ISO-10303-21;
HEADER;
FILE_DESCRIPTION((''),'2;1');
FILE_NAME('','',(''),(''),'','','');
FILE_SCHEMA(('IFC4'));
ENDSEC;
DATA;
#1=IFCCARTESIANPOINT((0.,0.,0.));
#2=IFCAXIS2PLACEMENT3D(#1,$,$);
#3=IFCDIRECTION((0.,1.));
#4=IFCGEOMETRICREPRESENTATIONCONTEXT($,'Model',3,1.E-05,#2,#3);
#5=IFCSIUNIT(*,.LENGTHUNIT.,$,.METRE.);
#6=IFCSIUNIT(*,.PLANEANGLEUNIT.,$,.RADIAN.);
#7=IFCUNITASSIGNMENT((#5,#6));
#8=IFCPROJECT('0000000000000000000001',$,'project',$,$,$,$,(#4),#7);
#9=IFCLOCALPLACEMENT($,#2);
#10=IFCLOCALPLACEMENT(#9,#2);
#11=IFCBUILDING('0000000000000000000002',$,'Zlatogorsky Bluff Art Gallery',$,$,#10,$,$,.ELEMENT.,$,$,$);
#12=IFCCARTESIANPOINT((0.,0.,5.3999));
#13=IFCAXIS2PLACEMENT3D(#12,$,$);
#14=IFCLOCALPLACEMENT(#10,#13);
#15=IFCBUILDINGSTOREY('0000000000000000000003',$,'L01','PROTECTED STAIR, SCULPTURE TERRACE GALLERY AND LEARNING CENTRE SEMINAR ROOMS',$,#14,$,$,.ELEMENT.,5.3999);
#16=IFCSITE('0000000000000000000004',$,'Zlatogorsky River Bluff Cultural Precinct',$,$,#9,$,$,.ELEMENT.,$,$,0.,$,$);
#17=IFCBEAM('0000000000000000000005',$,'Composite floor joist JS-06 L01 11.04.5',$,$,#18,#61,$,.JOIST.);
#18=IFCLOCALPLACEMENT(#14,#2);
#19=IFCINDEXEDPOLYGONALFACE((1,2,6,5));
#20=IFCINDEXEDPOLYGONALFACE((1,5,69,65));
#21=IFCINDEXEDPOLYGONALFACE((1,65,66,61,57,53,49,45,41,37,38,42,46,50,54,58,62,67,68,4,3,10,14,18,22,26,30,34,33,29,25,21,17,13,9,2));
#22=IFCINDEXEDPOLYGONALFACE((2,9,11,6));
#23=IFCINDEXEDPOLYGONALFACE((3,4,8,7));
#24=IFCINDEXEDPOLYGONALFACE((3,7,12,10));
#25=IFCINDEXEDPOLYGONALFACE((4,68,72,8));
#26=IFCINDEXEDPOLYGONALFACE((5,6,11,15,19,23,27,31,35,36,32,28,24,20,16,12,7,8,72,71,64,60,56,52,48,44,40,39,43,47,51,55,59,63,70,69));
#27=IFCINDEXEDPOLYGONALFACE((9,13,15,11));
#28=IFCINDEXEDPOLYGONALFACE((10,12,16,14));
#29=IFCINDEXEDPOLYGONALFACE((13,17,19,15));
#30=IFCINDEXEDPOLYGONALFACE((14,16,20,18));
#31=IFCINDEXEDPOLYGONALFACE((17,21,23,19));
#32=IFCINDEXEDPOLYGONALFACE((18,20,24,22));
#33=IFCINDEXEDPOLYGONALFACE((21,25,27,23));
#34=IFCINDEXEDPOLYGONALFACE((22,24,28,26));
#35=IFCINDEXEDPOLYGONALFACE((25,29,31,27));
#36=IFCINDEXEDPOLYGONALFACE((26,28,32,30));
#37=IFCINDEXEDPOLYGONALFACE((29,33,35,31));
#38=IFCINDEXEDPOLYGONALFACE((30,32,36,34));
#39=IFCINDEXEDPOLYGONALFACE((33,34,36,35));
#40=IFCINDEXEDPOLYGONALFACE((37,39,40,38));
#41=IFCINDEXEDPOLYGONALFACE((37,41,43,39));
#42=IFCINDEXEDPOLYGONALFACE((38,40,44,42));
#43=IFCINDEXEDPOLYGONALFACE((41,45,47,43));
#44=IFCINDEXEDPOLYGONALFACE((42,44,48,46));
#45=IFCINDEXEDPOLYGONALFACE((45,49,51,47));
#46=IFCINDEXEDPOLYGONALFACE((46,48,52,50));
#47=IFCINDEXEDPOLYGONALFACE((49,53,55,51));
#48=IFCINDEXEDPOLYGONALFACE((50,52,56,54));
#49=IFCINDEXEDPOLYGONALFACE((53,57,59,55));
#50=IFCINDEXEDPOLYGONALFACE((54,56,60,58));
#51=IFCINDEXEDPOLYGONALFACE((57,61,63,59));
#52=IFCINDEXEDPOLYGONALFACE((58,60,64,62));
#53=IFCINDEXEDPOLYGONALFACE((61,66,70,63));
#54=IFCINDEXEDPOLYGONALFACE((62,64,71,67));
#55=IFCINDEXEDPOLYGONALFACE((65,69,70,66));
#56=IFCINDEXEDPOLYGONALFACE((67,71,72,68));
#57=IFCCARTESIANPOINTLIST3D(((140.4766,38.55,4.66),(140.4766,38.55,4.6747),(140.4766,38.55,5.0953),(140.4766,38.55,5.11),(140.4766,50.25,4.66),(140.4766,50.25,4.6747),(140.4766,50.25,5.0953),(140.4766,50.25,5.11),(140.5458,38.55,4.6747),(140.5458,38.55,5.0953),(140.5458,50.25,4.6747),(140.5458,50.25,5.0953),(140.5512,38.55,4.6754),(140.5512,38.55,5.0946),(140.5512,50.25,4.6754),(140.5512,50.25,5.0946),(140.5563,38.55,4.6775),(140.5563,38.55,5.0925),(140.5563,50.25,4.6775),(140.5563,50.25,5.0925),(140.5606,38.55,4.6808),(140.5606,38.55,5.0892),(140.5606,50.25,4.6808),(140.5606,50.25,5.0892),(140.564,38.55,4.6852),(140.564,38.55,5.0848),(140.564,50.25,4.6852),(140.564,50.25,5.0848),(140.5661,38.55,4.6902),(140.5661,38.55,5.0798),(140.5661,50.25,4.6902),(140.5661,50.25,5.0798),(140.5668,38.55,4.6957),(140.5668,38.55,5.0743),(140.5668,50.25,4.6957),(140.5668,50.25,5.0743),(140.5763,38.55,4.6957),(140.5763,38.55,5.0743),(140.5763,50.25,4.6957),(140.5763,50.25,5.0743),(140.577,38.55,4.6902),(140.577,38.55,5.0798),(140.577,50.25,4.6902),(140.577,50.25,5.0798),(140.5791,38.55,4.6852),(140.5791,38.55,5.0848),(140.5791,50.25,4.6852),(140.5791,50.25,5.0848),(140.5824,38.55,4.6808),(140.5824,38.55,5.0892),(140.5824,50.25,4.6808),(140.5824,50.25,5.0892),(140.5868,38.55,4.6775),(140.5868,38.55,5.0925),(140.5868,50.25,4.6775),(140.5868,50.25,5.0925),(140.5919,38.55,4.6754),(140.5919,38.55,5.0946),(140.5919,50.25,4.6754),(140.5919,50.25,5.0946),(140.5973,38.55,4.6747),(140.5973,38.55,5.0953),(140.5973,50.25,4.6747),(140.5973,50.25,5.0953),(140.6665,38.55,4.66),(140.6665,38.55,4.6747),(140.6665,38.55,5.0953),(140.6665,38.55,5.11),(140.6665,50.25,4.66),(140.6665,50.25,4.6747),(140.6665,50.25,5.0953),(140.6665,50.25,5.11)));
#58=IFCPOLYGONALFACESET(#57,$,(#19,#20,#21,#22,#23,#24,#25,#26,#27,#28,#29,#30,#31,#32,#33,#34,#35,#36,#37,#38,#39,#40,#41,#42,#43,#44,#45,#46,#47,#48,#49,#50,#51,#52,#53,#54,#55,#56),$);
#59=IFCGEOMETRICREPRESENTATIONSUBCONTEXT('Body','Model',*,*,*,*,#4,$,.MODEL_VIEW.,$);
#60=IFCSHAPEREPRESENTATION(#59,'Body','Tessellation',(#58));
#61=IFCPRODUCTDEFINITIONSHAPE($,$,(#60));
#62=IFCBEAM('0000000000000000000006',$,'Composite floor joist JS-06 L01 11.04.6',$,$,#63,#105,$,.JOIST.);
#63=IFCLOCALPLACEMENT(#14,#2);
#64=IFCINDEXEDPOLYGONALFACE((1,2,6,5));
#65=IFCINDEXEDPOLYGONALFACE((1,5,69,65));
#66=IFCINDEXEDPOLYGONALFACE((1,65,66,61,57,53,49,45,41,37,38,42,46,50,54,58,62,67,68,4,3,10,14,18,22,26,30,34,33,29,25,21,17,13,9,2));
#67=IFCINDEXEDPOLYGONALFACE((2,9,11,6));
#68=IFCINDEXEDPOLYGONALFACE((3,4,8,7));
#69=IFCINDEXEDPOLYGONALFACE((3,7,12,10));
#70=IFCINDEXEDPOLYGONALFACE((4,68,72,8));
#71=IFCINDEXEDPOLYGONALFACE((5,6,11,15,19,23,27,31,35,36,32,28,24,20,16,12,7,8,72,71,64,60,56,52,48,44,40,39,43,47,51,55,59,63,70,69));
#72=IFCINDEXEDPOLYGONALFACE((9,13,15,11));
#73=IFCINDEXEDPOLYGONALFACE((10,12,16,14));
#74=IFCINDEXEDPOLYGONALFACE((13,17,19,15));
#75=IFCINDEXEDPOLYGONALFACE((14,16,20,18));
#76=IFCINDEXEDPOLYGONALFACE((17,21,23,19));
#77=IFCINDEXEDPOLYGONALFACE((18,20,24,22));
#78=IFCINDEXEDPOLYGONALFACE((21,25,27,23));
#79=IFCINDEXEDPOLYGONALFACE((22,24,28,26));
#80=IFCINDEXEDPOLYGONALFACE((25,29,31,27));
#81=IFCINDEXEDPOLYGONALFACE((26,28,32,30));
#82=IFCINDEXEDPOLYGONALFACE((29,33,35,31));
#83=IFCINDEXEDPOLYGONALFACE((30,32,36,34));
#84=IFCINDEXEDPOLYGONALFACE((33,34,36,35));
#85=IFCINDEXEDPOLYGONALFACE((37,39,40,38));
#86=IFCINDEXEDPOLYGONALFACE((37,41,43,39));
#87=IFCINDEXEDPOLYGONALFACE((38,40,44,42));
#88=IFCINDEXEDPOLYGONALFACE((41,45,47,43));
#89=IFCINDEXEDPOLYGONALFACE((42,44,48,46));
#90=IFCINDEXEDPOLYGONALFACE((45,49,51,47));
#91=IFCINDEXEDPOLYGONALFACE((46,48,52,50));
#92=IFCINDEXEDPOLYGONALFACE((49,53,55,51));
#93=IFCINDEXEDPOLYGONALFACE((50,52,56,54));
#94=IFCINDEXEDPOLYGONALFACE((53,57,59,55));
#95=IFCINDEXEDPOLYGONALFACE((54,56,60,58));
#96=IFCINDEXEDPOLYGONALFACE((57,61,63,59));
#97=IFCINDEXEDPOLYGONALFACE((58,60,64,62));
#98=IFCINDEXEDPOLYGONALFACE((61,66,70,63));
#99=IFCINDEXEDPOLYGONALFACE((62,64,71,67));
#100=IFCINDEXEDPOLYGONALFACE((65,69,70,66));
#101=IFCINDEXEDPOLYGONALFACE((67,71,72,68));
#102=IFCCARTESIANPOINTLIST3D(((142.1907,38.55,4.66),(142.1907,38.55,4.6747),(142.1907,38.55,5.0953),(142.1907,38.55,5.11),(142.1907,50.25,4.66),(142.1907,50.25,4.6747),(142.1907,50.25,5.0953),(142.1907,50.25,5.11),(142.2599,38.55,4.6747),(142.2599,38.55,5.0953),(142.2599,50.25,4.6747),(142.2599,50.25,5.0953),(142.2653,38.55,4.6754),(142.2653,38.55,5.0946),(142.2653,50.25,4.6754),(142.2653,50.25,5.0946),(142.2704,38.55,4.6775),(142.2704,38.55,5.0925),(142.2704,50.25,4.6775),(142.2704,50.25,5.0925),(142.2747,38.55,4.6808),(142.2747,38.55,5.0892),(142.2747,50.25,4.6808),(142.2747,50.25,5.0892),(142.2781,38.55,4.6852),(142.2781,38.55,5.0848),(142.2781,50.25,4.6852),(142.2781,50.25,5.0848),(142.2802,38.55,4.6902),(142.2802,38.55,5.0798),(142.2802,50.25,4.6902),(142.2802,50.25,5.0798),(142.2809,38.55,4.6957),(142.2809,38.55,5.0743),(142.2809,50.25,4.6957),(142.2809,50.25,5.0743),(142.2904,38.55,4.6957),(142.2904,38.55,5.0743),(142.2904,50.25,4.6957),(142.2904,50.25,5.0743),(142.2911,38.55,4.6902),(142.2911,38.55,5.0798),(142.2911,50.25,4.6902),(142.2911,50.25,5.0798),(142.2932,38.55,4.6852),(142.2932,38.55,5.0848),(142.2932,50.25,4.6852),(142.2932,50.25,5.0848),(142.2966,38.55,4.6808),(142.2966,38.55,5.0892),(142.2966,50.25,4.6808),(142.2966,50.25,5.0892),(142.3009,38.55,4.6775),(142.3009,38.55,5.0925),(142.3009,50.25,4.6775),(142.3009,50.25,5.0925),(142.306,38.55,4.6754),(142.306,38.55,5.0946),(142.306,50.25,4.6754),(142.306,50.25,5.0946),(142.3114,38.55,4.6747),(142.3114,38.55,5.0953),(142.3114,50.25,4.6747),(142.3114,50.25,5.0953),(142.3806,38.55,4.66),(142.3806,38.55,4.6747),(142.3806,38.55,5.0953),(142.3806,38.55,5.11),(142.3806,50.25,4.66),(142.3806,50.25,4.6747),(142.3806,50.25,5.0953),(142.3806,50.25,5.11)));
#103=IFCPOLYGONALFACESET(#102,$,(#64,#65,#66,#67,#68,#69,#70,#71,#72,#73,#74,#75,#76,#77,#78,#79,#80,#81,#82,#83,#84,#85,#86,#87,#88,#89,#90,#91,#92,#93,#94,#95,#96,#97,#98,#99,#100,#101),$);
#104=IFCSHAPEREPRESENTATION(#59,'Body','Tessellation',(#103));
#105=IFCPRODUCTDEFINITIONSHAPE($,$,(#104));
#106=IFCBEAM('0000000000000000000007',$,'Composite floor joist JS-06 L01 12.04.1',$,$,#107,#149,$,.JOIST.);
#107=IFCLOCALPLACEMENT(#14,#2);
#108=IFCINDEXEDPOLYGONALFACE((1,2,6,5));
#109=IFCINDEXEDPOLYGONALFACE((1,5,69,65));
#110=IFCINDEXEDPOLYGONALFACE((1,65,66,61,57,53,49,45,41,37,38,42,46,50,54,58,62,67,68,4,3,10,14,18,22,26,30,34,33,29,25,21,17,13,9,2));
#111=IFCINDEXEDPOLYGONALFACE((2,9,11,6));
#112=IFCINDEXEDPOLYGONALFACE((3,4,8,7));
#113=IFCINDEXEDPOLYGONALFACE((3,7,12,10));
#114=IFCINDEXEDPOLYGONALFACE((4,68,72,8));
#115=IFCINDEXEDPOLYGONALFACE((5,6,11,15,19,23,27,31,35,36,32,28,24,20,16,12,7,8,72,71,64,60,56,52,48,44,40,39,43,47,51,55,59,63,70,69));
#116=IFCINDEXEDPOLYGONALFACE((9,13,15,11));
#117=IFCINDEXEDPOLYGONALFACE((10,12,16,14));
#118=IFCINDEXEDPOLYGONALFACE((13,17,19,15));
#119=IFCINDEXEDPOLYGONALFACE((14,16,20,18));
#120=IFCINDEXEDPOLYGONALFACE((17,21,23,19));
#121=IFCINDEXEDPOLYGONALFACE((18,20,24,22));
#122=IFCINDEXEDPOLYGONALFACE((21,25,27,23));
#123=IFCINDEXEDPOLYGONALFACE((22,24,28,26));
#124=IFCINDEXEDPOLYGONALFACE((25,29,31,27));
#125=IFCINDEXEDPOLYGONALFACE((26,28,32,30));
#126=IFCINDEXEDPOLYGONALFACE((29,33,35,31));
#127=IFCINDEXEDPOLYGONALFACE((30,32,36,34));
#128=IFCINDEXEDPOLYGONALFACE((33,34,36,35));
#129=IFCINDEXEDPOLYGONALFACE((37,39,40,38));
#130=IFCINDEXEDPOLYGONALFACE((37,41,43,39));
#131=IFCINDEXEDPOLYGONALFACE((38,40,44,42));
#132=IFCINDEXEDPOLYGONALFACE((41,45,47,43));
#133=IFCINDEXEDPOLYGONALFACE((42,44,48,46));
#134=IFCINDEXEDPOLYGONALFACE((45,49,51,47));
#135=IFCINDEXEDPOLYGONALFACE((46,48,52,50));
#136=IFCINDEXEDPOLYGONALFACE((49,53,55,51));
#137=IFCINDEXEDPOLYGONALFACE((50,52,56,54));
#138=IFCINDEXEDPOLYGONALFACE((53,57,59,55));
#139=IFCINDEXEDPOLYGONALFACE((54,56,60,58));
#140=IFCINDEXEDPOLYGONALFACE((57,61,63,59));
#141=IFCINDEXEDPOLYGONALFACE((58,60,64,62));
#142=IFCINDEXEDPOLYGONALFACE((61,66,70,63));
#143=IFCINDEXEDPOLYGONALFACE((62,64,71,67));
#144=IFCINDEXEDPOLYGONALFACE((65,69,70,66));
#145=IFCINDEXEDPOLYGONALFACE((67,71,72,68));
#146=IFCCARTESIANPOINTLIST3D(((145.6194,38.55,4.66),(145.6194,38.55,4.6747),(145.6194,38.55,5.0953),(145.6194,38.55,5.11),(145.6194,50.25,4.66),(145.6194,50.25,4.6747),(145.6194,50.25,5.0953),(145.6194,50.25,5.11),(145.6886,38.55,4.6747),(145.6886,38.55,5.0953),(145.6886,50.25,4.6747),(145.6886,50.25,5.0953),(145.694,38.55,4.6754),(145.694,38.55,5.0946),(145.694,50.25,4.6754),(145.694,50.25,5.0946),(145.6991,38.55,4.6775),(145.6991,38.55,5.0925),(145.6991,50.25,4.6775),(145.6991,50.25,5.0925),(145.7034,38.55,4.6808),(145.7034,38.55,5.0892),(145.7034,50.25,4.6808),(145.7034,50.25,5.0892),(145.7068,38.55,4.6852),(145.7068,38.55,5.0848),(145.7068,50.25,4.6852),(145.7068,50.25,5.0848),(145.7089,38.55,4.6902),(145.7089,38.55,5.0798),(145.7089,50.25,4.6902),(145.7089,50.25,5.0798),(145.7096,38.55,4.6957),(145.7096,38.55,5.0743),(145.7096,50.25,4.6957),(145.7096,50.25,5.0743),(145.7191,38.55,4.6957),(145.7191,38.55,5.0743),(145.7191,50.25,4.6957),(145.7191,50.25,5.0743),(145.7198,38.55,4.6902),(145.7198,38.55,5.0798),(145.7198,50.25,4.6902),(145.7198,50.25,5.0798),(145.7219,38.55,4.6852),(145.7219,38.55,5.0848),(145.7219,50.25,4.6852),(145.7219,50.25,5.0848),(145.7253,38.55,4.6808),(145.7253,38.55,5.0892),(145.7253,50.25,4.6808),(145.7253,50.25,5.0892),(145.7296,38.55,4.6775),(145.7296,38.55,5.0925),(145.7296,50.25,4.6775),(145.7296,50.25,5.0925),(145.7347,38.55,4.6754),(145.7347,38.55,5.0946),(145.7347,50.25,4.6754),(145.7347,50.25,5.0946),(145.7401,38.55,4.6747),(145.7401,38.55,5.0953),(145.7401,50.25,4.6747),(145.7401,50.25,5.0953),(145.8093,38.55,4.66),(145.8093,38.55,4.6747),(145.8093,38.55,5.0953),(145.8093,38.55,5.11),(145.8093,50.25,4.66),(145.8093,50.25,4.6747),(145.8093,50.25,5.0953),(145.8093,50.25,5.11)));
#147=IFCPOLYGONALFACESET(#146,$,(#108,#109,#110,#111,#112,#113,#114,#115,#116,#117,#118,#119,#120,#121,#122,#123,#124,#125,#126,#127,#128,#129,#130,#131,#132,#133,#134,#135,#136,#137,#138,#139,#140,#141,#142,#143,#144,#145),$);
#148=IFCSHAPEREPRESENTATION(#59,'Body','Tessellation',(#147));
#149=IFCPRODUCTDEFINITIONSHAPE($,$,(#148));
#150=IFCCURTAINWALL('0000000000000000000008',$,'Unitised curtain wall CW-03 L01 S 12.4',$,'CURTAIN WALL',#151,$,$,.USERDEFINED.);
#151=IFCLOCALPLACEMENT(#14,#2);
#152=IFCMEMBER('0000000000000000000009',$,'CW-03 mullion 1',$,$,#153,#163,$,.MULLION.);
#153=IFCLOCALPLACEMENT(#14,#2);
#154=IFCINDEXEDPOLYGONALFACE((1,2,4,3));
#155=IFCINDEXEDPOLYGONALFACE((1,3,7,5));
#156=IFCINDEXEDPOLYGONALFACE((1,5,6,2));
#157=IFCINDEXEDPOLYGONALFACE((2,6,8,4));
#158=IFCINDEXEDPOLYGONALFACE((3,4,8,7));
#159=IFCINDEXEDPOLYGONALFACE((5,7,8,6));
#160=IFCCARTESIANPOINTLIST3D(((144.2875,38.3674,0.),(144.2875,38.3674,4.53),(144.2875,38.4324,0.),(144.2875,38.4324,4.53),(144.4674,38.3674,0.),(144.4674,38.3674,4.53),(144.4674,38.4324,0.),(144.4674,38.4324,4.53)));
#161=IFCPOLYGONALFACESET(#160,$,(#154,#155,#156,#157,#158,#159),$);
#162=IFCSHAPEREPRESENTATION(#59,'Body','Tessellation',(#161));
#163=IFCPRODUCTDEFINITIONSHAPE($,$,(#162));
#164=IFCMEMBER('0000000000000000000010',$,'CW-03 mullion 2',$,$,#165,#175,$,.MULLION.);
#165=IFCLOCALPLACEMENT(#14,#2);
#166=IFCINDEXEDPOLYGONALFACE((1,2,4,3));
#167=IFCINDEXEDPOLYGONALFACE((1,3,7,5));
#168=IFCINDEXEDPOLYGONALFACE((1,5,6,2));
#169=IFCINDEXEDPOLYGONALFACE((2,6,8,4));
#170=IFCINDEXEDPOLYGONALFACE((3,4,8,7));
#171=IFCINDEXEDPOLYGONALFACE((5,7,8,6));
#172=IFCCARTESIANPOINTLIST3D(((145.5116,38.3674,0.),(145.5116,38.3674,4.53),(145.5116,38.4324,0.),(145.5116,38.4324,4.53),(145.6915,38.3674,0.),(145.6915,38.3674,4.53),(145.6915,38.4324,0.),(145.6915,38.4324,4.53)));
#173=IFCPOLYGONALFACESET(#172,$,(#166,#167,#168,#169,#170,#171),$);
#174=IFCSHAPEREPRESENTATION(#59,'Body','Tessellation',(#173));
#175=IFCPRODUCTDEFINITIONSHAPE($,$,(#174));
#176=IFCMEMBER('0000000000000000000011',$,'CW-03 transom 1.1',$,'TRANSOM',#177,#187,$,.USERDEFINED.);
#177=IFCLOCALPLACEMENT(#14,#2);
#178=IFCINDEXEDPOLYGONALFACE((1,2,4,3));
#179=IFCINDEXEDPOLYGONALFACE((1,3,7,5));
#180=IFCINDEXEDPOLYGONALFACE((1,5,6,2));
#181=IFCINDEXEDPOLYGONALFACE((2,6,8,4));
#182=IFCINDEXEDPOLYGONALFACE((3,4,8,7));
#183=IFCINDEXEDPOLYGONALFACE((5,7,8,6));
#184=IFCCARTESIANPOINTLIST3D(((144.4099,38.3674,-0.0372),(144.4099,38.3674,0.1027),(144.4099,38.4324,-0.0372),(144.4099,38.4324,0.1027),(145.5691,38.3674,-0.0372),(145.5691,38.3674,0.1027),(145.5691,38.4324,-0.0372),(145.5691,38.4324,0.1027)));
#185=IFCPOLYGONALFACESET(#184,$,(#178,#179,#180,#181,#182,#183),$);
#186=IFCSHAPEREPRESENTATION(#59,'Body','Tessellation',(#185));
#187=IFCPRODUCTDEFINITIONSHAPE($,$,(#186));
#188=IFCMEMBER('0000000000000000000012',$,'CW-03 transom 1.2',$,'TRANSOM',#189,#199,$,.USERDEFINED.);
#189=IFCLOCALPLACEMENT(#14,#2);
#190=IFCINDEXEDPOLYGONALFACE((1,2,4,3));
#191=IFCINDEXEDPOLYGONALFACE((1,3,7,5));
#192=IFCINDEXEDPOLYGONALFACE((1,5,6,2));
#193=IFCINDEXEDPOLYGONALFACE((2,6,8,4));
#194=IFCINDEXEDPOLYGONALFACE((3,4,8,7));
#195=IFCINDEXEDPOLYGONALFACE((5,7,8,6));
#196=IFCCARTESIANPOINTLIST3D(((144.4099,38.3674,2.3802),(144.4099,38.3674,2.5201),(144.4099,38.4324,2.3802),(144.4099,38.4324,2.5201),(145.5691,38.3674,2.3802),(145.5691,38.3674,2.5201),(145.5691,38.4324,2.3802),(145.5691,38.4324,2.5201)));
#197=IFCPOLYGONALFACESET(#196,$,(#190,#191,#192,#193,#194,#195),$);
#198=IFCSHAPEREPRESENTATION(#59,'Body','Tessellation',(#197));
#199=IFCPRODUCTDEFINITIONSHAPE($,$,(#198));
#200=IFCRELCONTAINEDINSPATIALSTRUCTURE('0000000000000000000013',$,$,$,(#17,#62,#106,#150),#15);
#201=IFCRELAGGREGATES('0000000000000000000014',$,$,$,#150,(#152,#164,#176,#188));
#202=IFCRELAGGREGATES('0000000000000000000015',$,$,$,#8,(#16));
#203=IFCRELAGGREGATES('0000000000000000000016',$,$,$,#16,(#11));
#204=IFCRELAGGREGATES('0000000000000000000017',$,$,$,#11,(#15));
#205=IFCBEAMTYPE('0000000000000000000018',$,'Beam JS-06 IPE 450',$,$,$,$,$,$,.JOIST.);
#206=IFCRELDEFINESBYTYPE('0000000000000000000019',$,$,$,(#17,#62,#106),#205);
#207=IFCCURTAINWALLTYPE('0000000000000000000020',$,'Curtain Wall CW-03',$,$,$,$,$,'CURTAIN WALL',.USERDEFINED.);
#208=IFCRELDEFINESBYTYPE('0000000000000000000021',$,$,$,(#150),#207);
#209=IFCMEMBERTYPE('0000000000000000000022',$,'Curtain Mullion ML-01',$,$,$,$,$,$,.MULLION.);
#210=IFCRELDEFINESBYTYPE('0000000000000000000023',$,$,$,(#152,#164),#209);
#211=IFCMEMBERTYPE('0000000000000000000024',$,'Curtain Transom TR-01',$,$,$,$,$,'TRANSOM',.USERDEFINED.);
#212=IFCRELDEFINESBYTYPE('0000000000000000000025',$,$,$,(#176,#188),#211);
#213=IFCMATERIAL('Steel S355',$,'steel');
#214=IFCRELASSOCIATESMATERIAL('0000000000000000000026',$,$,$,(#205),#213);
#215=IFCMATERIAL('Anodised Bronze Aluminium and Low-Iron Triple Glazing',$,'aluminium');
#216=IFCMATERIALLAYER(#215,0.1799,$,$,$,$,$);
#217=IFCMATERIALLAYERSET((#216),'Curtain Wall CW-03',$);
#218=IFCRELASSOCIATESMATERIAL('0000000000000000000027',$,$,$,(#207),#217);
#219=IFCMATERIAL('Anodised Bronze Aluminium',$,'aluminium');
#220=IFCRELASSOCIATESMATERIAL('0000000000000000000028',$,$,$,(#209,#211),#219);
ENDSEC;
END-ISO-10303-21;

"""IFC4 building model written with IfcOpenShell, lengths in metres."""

from ifc_helpers import new_model, si_unit, direction, frame, origin, origin_2d, place, context, subcontext, project, spatial, rectangle, i_section, extrude, material, layer, layer_set, material_profile, profile_set, type_object, element, aggregate, save


model = new_model("IFC4")

# Units and contexts
model_context = context("Model", 3, precision=1e-05, world=origin(), true_north=direction((0.0, 1.0)))
body_context = subcontext(model_context, "Body", "Model", "MODEL_VIEW")
ifc_project = project(units=[si_unit("LENGTHUNIT", "METRE"), si_unit("PLANEANGLEUNIT", "RADIAN")], contexts=[model_context])

# Site, building, storey
site_placement = place(None, origin())
site = spatial("IfcSite", under=ifc_project, at=site_placement, Name="Zlatogorsky River Bluff Cultural Precinct", CompositionType="ELEMENT", RefElevation=0.0)
building_placement = place(site_placement, origin())
building = spatial("IfcBuilding", under=site, at=building_placement, Name="Zlatogorsky Bluff Art Gallery", CompositionType="ELEMENT")
storey_placement = place(building_placement, frame((0.0, 0.0, 5.3999)))
storey = spatial("IfcBuildingStorey", under=building, at=storey_placement, Name="L01", Description="PROTECTED STAIR, SCULPTURE TERRACE GALLERY AND LEARNING CENTRE SEMINAR ROOMS", CompositionType="ELEMENT", Elevation=5.3999)

# Beams
ifc_material_1 = material(Name="Steel S355", Category="steel")
ifc_material_profile_1 = material_profile(ifc_material_1, i_section(OverallWidth=0.1899, OverallDepth=0.45, WebThickness=0.0095, FlangeThickness=0.0146, FilletRadius=0.021, at=origin_2d()), Name="IPE 450")
ifc_profile_set_1 = profile_set([ifc_material_profile_1], Name="Steel S355")
beam_type_1 = type_object("IfcBeamType", Name="Beam JS-06 IPE 450", PredefinedType="JOIST", material=ifc_profile_set_1)
for number, where, z_axis, x_axis, name in (
    (1, (140.5715, 38.55, 4.885), (0.0, 1.0, 0.0), (-1.0, 0.0, 0.0), "Composite floor joist JS-06 L01 11.04.5"),
    (2, (142.2856, 38.55, 4.885), (0.0, 1.0, 0.0), (-1.0, 0.0, 0.0), "Composite floor joist JS-06 L01 11.04.6"),
    (3, (145.7144, 38.55, 4.885), (0.0, 1.0, 0.0), (-1.0, 0.0, 0.0), "Composite floor joist JS-06 L01 12.04.1"),
):
    element("IfcBeam", number, at=place(storey_placement, frame(where, z_axis=z_axis, x_axis=x_axis)), inside=storey, type_object=beam_type_1, Name=name, PredefinedType="JOIST", context=body_context, shape_type="SweptSolid", body=[
        extrude(i_section(OverallWidth=0.1899, OverallDepth=0.45, WebThickness=0.0095, FlangeThickness=0.0146, FilletRadius=0.021, at=origin_2d()), origin(), (0.0, 0.0, 1.0), 11.7),
    ])

# Curtain wall, members
ifc_material_2 = material(Name="Anodised Bronze Aluminium and Low-Iron Triple Glazing", Category="aluminium")
ifc_layer_1 = layer(ifc_material_2, 0.1799)
ifc_layer_set_1 = layer_set([ifc_layer_1], Name="Curtain Wall CW-03")
curtain_wall_type = type_object("IfcCurtainWallType", Name="Curtain Wall CW-03", ElementType="CURTAIN WALL", PredefinedType="USERDEFINED", material=ifc_layer_set_1)
curtain_wall_placement = place(storey_placement, origin())
curtain_wall = element("IfcCurtainWall", 4, at=curtain_wall_placement, inside=storey, type_object=curtain_wall_type, Name="Unitised curtain wall CW-03 L01 S 12.4", ObjectType="CURTAIN WALL", PredefinedType="USERDEFINED")
ifc_material_3 = material(Name="Anodised Bronze Aluminium", Category="aluminium")
ifc_material_profile_2 = material_profile(ifc_material_3, rectangle(XDim=0.0649, YDim=0.1799, at=origin_2d()), Name="ALU MULLION 65x180")
ifc_profile_set_2 = profile_set([ifc_material_profile_2], Name="Anodised Bronze Aluminium")
member_type_1 = type_object("IfcMemberType", Name="Curtain Mullion ML-01", PredefinedType="MULLION", material=ifc_profile_set_2)
member_1_placement = place(storey_placement, frame((144.3774, 38.3999, 0.0), z_axis=(0.0, 0.0, 1.0), x_axis=(0.0, 1.0, 0.0)))
member_1 = element("IfcMember", 5, at=member_1_placement, type_object=member_type_1, Name="CW-03 mullion 1", PredefinedType="MULLION", context=body_context, shape_type="SweptSolid", body=[
    extrude(rectangle(XDim=0.0649, YDim=0.1799, at=origin_2d()), origin(), (0.0, 0.0, 1.0), 4.53),
])
member_2_placement = place(storey_placement, frame((145.6016, 38.3999, 0.0), z_axis=(0.0, 0.0, 1.0), x_axis=(0.0, 1.0, 0.0)))
member_2 = element("IfcMember", 6, at=member_2_placement, type_object=member_type_1, Name="CW-03 mullion 2", PredefinedType="MULLION", context=body_context, shape_type="SweptSolid", body=[
    extrude(rectangle(XDim=0.0649, YDim=0.1799, at=origin_2d()), origin(), (0.0, 0.0, 1.0), 4.53),
])
ifc_material_profile_3 = material_profile(ifc_material_3, rectangle(XDim=0.0649, YDim=0.1399, at=origin_2d()), Name="ALU TRANSOM 65x140")
ifc_profile_set_3 = profile_set([ifc_material_profile_3], Name="Anodised Bronze Aluminium")
member_type_2 = type_object("IfcMemberType", Name="Curtain Transom TR-01", ElementType="TRANSOM", PredefinedType="USERDEFINED", material=ifc_profile_set_3)
member_3_placement = place(storey_placement, frame((144.4099, 38.3999, 0.0327), z_axis=(1.0, 0.0, 0.0), x_axis=(0.0, 1.0, 0.0)))
member_3 = element("IfcMember", 7, at=member_3_placement, type_object=member_type_2, Name="CW-03 transom 1.1", ObjectType="TRANSOM", PredefinedType="USERDEFINED", context=body_context, shape_type="SweptSolid", body=[
    extrude(rectangle(XDim=0.0649, YDim=0.1399, at=origin_2d()), origin(), (0.0, 0.0, 1.0), 1.1592),
])
member_4_placement = place(storey_placement, frame((144.4099, 38.3999, 2.4502), z_axis=(1.0, 0.0, 0.0), x_axis=(0.0, 1.0, 0.0)))
member_4 = element("IfcMember", 8, at=member_4_placement, type_object=member_type_2, Name="CW-03 transom 1.2", ObjectType="TRANSOM", PredefinedType="USERDEFINED", context=body_context, shape_type="SweptSolid", body=[
    extrude(rectangle(XDim=0.0649, YDim=0.1399, at=origin_2d()), origin(), (0.0, 0.0, 1.0), 1.1592),
])
aggregate(curtain_wall, [member_1, member_2, member_3, member_4])

save(model, "model.ifc")
